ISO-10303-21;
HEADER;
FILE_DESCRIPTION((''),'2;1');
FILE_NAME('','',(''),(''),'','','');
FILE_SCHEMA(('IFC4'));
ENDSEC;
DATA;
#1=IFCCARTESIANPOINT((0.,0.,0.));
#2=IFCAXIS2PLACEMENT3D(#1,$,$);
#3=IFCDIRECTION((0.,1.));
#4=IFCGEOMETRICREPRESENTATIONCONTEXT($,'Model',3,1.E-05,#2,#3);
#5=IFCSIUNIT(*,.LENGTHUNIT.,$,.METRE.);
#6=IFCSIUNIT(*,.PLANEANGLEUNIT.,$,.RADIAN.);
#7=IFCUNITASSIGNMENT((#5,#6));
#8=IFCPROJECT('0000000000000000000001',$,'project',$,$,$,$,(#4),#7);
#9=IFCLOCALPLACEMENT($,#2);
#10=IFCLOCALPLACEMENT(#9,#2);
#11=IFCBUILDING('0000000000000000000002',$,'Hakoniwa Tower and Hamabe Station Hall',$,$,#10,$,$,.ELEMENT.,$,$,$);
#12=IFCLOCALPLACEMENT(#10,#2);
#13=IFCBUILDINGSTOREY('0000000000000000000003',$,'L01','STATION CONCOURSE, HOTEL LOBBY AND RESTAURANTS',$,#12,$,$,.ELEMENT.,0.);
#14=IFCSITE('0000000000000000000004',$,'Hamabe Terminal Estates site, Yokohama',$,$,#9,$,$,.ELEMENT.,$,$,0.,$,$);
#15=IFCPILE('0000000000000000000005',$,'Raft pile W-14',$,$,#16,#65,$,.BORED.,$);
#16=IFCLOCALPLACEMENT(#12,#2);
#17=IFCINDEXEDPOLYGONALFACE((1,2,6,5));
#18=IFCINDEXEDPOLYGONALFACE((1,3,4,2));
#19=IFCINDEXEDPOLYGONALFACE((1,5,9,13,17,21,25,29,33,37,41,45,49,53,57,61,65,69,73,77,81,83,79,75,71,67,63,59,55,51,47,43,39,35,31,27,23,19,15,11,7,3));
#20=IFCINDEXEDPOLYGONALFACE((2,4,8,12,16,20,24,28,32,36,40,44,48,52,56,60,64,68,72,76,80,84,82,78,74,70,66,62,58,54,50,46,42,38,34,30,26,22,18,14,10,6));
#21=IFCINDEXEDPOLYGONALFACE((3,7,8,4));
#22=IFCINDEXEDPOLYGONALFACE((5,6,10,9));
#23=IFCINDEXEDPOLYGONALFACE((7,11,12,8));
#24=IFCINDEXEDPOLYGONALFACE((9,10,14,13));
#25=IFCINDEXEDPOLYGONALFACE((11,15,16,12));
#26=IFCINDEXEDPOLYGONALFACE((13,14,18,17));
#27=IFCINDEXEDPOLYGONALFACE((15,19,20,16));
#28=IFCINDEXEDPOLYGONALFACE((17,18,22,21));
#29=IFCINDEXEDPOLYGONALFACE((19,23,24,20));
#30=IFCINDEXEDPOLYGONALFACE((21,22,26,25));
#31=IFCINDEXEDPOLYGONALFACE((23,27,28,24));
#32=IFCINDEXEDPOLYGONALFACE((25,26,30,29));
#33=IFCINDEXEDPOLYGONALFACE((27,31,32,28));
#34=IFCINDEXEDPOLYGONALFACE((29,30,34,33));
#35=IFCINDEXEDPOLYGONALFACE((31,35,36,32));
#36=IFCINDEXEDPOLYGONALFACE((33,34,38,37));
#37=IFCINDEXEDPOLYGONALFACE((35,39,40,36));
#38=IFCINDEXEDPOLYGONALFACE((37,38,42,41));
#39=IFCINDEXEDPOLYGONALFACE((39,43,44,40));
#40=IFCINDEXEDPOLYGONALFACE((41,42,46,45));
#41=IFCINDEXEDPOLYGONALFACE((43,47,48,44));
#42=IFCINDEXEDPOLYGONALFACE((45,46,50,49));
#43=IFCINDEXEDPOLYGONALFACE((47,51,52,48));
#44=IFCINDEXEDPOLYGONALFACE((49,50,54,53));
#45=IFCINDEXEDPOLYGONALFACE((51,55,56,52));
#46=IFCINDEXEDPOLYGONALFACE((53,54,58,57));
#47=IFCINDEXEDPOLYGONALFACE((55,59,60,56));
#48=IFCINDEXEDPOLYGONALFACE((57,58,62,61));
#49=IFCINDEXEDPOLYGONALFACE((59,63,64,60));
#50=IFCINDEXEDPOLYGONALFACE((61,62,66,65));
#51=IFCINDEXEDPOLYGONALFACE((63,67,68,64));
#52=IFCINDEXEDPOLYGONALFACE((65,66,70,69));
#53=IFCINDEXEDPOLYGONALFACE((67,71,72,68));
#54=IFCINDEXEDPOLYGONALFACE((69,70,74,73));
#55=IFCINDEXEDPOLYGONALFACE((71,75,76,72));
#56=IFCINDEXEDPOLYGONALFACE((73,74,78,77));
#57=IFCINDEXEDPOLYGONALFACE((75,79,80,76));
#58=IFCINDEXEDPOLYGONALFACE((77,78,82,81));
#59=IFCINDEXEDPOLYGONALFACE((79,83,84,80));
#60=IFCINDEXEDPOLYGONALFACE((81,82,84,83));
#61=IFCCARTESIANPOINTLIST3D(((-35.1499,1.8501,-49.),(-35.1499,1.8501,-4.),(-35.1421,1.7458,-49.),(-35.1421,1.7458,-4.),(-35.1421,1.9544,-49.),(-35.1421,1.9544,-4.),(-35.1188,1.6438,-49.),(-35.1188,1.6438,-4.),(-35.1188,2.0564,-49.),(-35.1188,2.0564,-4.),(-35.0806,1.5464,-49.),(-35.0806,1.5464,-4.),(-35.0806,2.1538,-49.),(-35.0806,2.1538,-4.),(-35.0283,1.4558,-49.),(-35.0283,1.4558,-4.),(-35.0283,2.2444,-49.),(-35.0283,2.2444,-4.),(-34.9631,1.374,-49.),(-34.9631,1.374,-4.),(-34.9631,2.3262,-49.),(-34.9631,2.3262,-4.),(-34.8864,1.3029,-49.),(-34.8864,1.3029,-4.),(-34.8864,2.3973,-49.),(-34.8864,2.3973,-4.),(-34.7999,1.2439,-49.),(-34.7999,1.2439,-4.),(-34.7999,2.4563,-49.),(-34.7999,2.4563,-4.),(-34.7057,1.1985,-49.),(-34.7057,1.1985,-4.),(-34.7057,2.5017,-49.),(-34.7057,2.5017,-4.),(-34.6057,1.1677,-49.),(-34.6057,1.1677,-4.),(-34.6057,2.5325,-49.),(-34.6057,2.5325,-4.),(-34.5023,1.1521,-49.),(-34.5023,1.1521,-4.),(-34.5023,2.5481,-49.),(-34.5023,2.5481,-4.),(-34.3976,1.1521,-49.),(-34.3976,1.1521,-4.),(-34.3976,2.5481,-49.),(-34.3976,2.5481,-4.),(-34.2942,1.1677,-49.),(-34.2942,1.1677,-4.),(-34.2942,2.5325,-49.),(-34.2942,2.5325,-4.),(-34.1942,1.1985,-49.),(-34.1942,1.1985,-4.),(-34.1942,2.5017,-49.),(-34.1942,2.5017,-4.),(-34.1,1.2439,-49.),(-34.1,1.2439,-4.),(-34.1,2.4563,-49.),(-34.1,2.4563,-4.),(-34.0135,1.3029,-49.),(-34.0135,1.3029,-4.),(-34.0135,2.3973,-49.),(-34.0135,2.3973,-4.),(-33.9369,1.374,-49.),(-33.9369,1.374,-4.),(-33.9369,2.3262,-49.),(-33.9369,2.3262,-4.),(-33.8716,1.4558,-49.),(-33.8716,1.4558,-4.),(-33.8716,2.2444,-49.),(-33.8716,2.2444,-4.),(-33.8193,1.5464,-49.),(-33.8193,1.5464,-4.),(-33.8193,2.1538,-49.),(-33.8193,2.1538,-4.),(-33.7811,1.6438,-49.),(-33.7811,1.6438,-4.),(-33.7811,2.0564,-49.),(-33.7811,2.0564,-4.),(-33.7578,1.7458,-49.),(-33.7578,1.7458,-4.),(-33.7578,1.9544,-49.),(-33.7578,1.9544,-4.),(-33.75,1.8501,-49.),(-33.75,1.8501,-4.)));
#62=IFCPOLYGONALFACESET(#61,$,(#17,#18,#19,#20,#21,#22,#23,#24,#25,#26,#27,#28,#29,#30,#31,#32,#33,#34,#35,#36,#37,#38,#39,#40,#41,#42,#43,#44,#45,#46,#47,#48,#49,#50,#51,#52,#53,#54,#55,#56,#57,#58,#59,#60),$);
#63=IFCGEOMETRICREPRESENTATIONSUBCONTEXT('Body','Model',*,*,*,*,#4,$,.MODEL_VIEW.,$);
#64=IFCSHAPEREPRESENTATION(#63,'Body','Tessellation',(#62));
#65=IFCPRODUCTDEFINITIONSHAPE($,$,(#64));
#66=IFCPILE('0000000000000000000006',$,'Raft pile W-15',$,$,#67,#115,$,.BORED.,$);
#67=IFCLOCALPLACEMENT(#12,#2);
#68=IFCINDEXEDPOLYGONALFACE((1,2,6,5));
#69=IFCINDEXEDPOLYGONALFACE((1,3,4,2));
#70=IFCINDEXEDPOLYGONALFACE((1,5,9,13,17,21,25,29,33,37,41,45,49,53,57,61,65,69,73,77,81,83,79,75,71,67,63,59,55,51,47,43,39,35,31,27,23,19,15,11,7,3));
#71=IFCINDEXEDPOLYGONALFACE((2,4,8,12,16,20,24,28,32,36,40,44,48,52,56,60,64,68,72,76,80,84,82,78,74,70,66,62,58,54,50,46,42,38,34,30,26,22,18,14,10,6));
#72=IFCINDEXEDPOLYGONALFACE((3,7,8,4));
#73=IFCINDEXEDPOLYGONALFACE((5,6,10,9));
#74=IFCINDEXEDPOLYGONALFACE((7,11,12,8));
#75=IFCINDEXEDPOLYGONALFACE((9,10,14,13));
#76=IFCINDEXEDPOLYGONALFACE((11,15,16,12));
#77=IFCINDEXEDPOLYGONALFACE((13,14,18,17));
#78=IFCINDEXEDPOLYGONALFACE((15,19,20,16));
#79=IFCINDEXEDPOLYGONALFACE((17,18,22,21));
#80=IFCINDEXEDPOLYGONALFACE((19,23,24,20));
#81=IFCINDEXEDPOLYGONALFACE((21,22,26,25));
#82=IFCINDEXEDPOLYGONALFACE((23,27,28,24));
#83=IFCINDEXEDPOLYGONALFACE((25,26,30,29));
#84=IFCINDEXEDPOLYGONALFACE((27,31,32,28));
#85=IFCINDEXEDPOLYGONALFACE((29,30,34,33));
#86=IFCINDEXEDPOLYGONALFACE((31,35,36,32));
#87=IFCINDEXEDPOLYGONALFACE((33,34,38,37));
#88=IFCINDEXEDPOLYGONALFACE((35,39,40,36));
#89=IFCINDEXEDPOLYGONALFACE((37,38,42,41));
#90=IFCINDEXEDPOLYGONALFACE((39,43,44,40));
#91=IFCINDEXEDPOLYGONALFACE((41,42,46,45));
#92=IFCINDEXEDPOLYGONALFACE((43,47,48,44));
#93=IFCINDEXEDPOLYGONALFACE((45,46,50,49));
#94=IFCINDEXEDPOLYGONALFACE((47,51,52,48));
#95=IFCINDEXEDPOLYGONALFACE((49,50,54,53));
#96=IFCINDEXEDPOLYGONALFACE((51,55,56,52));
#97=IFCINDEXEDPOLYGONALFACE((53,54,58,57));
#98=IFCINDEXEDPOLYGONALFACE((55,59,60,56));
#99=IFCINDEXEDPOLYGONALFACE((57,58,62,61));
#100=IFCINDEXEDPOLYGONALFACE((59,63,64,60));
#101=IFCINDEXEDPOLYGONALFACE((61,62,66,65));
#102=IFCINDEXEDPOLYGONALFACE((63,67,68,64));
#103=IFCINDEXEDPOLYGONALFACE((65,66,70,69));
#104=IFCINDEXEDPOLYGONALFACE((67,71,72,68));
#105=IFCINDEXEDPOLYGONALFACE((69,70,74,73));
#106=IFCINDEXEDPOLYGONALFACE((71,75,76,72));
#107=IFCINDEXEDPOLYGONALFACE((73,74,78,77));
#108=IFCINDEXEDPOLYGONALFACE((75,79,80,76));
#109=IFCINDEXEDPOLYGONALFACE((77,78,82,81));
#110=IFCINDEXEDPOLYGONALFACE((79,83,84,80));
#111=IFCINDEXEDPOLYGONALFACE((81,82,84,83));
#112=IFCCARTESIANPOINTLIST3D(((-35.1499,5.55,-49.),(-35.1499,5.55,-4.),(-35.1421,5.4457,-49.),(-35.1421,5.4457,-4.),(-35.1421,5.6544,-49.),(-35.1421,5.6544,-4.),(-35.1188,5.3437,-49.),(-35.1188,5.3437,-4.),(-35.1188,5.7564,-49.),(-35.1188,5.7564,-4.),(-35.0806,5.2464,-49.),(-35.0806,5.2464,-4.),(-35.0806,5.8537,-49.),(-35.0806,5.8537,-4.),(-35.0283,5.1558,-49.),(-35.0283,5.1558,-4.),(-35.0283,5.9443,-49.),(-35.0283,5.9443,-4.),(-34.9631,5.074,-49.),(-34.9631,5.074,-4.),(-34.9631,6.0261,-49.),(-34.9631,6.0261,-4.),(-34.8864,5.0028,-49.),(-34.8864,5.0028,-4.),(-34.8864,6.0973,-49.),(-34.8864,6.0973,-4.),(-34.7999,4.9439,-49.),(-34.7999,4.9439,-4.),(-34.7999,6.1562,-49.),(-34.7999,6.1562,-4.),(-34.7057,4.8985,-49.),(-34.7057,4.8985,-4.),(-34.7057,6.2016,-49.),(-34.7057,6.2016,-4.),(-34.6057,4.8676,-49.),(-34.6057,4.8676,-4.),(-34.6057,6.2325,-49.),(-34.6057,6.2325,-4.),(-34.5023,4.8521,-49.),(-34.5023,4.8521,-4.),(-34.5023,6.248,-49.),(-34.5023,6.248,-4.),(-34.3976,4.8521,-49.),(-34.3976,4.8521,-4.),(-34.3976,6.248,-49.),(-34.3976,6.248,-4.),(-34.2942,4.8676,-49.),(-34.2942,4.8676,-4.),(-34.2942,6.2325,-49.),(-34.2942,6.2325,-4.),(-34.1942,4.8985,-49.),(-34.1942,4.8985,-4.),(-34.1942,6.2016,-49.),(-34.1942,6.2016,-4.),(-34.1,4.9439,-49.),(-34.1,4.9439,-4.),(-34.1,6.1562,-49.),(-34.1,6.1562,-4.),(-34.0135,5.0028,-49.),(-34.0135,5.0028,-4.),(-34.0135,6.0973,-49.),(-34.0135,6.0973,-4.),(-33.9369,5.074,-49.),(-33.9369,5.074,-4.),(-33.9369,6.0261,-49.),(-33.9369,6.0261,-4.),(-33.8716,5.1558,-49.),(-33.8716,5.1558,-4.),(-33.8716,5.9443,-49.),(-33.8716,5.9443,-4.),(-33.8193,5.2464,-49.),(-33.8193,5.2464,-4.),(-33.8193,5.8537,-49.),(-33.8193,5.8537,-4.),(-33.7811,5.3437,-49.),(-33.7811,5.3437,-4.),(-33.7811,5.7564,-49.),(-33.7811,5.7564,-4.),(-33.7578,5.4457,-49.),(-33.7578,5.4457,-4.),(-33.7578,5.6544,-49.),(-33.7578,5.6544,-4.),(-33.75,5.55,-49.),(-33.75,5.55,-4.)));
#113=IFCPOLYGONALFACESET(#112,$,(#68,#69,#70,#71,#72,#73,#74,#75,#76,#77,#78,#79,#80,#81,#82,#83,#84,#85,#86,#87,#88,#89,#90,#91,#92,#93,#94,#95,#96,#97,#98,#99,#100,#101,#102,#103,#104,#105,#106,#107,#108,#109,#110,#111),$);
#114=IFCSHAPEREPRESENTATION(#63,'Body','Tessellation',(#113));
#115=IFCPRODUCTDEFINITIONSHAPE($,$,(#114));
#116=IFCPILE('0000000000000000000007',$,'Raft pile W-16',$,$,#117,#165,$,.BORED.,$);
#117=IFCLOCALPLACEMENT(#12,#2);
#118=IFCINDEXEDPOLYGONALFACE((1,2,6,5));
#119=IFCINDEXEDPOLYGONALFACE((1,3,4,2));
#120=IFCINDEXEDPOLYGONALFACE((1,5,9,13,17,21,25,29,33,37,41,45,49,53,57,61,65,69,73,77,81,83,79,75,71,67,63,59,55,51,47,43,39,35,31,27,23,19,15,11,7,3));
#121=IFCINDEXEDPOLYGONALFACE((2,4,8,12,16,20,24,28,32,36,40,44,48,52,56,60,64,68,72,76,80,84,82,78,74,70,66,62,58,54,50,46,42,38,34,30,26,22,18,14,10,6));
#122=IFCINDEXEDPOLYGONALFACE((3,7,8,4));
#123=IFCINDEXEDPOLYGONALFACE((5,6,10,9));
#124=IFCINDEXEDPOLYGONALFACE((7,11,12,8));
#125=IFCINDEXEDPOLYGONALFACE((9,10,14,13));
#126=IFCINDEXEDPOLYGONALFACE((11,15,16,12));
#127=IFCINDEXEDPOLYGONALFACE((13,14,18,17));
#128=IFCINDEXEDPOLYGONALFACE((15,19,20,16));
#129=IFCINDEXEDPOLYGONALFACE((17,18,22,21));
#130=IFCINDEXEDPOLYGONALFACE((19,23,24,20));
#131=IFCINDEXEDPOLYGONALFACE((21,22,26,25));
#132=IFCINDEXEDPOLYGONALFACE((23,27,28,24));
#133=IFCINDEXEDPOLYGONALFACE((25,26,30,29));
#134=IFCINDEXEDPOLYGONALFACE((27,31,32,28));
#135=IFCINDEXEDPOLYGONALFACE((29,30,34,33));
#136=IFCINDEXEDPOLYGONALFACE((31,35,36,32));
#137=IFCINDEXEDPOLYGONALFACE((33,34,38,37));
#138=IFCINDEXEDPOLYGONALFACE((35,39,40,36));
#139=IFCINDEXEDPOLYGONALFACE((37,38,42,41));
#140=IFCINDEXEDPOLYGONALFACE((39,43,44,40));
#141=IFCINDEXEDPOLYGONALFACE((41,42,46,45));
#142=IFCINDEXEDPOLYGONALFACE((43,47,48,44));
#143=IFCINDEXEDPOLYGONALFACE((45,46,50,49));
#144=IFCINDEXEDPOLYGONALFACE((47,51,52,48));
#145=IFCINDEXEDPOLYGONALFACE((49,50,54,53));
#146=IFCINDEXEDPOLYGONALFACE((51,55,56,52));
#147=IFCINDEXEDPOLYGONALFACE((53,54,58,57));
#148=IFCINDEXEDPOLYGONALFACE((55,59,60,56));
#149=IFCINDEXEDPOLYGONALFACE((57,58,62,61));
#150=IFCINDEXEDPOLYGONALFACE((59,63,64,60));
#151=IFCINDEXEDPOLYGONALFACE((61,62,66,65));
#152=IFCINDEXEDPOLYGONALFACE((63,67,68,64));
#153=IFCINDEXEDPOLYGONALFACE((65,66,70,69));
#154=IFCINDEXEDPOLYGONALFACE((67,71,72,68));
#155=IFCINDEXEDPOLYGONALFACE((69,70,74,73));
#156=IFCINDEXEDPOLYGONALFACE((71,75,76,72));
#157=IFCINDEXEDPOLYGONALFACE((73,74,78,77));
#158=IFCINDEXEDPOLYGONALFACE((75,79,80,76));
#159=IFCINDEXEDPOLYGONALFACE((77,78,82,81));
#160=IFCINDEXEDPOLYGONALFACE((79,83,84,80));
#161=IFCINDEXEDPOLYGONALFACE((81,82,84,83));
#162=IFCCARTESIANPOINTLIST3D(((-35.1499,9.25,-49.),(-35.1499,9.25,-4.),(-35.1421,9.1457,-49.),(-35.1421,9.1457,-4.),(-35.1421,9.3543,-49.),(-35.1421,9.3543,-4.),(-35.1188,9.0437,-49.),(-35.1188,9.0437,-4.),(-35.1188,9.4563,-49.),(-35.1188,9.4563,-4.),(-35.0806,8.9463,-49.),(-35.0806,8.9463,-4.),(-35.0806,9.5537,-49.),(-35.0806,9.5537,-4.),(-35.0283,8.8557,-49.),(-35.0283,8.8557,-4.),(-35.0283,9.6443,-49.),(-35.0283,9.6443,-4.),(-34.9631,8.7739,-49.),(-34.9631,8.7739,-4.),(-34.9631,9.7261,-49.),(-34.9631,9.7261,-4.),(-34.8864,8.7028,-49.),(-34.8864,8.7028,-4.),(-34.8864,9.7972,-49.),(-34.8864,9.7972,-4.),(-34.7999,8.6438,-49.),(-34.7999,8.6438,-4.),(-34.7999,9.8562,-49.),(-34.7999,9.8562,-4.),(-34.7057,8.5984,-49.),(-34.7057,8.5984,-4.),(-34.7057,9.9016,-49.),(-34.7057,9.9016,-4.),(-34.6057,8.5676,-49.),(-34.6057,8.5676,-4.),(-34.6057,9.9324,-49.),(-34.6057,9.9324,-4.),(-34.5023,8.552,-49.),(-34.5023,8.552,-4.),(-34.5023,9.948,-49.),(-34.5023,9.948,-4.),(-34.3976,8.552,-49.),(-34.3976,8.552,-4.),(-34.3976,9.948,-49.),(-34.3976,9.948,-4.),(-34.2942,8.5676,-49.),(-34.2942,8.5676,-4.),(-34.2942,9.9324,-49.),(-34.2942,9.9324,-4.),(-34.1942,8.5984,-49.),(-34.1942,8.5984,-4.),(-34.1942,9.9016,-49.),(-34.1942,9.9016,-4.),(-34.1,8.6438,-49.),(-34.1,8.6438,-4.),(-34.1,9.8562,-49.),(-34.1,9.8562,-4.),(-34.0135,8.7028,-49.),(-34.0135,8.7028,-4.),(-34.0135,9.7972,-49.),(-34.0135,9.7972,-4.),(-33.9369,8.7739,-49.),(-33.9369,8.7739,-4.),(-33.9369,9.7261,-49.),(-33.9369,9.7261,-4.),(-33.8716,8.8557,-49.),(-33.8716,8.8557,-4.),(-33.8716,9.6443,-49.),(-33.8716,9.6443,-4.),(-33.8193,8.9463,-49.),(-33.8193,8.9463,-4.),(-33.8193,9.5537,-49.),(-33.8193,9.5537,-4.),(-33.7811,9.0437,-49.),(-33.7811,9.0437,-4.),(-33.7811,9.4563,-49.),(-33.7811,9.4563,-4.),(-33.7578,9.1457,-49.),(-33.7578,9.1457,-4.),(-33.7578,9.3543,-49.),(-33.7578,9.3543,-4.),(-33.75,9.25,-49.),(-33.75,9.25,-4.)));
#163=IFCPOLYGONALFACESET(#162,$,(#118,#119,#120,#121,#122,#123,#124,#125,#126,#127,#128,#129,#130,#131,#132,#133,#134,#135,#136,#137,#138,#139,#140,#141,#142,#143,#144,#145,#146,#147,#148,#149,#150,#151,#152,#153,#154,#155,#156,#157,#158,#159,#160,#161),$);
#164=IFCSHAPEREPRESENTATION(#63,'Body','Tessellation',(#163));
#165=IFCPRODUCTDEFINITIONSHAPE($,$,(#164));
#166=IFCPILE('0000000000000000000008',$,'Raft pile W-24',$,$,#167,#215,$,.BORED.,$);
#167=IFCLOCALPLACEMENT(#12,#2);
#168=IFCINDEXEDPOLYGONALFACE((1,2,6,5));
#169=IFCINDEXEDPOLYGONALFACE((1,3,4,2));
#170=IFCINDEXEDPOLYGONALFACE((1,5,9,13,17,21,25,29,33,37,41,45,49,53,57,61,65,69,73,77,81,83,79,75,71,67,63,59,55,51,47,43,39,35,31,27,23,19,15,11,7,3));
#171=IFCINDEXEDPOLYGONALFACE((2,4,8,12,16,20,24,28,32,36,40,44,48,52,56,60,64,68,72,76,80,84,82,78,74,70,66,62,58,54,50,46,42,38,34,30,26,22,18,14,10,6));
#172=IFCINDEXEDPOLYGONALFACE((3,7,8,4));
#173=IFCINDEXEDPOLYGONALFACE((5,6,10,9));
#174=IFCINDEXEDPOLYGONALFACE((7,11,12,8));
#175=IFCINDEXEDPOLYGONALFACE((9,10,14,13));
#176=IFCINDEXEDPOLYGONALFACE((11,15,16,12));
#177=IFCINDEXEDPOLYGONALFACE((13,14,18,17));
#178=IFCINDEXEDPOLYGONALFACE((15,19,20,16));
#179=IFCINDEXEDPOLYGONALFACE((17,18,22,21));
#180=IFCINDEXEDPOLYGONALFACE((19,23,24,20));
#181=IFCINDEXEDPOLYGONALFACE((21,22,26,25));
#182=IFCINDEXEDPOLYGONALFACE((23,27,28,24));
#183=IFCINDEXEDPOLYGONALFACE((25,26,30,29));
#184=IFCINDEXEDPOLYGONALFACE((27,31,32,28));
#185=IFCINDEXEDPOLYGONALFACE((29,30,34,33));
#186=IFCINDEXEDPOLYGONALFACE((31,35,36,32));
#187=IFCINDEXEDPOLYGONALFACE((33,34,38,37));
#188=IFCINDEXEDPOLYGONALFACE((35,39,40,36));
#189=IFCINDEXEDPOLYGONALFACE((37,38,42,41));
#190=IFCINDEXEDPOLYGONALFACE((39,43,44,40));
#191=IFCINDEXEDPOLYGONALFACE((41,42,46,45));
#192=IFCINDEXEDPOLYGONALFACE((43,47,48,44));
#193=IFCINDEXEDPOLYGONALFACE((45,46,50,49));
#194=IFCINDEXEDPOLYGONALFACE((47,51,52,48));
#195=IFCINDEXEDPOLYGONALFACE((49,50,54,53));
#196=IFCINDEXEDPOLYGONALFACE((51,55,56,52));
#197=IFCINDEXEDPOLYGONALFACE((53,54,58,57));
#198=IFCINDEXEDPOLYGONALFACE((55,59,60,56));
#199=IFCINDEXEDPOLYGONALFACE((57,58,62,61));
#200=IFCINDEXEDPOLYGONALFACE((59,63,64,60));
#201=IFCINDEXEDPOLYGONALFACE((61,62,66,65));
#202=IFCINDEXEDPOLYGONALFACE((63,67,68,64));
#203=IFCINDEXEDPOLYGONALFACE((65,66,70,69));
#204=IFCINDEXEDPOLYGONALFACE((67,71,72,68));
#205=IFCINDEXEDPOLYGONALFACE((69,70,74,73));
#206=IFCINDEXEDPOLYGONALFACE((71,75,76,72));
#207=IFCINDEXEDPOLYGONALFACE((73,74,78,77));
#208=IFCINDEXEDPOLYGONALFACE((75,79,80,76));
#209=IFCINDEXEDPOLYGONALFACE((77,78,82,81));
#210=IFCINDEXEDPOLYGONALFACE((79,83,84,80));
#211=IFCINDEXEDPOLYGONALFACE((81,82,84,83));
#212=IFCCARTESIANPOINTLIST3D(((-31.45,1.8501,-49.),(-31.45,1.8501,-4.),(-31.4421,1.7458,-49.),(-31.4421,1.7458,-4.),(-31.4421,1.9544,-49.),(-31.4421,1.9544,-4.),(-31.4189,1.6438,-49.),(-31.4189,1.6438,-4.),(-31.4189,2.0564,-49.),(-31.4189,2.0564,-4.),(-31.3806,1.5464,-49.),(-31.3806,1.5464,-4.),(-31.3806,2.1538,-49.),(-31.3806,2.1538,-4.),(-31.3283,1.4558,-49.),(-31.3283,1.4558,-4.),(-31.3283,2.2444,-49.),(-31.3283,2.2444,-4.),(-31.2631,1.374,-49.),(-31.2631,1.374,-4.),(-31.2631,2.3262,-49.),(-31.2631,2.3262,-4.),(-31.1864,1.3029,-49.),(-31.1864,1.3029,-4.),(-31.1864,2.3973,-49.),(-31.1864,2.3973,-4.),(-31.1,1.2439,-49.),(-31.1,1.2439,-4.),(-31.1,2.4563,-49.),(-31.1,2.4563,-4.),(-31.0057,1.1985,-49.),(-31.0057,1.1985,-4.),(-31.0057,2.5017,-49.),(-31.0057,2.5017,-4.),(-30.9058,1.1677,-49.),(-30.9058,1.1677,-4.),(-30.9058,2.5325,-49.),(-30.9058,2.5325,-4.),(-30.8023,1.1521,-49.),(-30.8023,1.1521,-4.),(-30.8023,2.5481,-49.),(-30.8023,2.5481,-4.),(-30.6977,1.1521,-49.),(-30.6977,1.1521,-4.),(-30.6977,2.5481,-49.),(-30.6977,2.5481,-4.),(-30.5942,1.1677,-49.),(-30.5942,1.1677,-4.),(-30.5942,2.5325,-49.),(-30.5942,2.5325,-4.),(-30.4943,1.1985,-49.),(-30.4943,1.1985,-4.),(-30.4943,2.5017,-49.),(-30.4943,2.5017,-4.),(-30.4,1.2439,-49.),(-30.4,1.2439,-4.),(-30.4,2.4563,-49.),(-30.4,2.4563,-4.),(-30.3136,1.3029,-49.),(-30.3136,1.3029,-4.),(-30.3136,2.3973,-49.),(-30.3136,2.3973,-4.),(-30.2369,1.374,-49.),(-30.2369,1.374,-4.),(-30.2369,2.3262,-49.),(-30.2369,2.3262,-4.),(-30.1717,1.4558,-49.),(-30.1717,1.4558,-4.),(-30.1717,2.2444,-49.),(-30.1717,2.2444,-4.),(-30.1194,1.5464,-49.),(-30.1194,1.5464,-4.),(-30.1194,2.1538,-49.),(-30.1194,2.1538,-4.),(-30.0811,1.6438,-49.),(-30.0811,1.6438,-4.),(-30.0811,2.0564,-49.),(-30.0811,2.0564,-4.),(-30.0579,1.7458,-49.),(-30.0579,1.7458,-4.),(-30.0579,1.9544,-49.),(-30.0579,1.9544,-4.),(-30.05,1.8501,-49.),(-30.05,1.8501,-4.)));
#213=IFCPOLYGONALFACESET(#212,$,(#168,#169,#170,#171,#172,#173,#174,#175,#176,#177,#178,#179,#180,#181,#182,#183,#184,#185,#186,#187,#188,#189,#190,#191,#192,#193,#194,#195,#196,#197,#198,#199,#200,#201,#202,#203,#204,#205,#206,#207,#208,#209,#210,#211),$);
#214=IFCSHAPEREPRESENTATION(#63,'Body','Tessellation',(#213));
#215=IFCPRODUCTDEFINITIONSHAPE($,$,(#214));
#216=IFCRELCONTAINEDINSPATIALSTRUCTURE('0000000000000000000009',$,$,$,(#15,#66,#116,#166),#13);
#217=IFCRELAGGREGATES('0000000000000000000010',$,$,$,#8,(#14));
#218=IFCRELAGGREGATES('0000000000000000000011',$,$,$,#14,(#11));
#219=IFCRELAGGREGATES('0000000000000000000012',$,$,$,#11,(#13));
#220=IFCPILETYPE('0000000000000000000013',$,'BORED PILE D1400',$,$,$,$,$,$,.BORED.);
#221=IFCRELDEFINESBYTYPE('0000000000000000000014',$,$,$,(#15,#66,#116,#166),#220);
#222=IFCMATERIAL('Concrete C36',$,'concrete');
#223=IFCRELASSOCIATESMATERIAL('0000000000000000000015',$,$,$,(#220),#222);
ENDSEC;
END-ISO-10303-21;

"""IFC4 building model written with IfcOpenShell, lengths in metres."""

from ifc_helpers import new_model, si_unit, direction, frame, origin, origin_2d, place, context, subcontext, project, spatial, circle, extrude, material, material_profile, profile_set, type_object, element, save


model = new_model("IFC4")

# Units and contexts
model_context = context("Model", 3, precision=1e-05, world=origin(), true_north=direction((0.0, 1.0)))
body_context = subcontext(model_context, "Body", "Model", "MODEL_VIEW")
ifc_project = project(units=[si_unit("LENGTHUNIT", "METRE"), si_unit("PLANEANGLEUNIT", "RADIAN")], contexts=[model_context])

# Site, building, storey
site_placement = place(None, origin())
site = spatial("IfcSite", under=ifc_project, at=site_placement, Name="Hamabe Terminal Estates site, Yokohama", CompositionType="ELEMENT", RefElevation=0.0)
building_placement = place(site_placement, origin())
building = spatial("IfcBuilding", under=site, at=building_placement, Name="Hakoniwa Tower and Hamabe Station Hall", CompositionType="ELEMENT")
storey_placement = place(building_placement, origin())
storey = spatial("IfcBuildingStorey", under=building, at=storey_placement, Name="L01", Description="STATION CONCOURSE, HOTEL LOBBY AND RESTAURANTS", CompositionType="ELEMENT", Elevation=0.0)

# Piles
ifc_material_1 = material(Name="Concrete C36", Category="concrete")
ifc_material_profile = material_profile(ifc_material_1, circle(Radius=0.7, at=origin_2d()), Name="BORED PILE D1400")
ifc_profile_set = profile_set([ifc_material_profile], Name="Concrete C36")
pile_type = type_object("IfcPileType", Name="BORED PILE D1400", PredefinedType="BORED", material=ifc_profile_set)
for number, where, z_axis, x_axis, name in (
    (1, (-34.45, 1.8501, -4.0), (0.0, 0.0, -1.0), (1.0, 0.0, 0.0), "Raft pile W-14"),
    (2, (-34.45, 5.55, -4.0), (0.0, 0.0, -1.0), (1.0, 0.0, 0.0), "Raft pile W-15"),
    (3, (-34.45, 9.25, -4.0), (0.0, 0.0, -1.0), (1.0, 0.0, 0.0), "Raft pile W-16"),
    (4, (-30.75, 1.8501, -4.0), (0.0, 0.0, -1.0), (1.0, 0.0, 0.0), "Raft pile W-24"),
):
    element("IfcPile", number, at=place(storey_placement, frame(where, z_axis=z_axis, x_axis=x_axis)), inside=storey, type_object=pile_type, Name=name, PredefinedType="BORED", context=body_context, shape_type="SweptSolid", body=[
        extrude(circle(Radius=0.7, at=origin_2d()), origin(), (0.0, 0.0, 1.0), 45.0),
    ])

save(model, "model.ifc")
